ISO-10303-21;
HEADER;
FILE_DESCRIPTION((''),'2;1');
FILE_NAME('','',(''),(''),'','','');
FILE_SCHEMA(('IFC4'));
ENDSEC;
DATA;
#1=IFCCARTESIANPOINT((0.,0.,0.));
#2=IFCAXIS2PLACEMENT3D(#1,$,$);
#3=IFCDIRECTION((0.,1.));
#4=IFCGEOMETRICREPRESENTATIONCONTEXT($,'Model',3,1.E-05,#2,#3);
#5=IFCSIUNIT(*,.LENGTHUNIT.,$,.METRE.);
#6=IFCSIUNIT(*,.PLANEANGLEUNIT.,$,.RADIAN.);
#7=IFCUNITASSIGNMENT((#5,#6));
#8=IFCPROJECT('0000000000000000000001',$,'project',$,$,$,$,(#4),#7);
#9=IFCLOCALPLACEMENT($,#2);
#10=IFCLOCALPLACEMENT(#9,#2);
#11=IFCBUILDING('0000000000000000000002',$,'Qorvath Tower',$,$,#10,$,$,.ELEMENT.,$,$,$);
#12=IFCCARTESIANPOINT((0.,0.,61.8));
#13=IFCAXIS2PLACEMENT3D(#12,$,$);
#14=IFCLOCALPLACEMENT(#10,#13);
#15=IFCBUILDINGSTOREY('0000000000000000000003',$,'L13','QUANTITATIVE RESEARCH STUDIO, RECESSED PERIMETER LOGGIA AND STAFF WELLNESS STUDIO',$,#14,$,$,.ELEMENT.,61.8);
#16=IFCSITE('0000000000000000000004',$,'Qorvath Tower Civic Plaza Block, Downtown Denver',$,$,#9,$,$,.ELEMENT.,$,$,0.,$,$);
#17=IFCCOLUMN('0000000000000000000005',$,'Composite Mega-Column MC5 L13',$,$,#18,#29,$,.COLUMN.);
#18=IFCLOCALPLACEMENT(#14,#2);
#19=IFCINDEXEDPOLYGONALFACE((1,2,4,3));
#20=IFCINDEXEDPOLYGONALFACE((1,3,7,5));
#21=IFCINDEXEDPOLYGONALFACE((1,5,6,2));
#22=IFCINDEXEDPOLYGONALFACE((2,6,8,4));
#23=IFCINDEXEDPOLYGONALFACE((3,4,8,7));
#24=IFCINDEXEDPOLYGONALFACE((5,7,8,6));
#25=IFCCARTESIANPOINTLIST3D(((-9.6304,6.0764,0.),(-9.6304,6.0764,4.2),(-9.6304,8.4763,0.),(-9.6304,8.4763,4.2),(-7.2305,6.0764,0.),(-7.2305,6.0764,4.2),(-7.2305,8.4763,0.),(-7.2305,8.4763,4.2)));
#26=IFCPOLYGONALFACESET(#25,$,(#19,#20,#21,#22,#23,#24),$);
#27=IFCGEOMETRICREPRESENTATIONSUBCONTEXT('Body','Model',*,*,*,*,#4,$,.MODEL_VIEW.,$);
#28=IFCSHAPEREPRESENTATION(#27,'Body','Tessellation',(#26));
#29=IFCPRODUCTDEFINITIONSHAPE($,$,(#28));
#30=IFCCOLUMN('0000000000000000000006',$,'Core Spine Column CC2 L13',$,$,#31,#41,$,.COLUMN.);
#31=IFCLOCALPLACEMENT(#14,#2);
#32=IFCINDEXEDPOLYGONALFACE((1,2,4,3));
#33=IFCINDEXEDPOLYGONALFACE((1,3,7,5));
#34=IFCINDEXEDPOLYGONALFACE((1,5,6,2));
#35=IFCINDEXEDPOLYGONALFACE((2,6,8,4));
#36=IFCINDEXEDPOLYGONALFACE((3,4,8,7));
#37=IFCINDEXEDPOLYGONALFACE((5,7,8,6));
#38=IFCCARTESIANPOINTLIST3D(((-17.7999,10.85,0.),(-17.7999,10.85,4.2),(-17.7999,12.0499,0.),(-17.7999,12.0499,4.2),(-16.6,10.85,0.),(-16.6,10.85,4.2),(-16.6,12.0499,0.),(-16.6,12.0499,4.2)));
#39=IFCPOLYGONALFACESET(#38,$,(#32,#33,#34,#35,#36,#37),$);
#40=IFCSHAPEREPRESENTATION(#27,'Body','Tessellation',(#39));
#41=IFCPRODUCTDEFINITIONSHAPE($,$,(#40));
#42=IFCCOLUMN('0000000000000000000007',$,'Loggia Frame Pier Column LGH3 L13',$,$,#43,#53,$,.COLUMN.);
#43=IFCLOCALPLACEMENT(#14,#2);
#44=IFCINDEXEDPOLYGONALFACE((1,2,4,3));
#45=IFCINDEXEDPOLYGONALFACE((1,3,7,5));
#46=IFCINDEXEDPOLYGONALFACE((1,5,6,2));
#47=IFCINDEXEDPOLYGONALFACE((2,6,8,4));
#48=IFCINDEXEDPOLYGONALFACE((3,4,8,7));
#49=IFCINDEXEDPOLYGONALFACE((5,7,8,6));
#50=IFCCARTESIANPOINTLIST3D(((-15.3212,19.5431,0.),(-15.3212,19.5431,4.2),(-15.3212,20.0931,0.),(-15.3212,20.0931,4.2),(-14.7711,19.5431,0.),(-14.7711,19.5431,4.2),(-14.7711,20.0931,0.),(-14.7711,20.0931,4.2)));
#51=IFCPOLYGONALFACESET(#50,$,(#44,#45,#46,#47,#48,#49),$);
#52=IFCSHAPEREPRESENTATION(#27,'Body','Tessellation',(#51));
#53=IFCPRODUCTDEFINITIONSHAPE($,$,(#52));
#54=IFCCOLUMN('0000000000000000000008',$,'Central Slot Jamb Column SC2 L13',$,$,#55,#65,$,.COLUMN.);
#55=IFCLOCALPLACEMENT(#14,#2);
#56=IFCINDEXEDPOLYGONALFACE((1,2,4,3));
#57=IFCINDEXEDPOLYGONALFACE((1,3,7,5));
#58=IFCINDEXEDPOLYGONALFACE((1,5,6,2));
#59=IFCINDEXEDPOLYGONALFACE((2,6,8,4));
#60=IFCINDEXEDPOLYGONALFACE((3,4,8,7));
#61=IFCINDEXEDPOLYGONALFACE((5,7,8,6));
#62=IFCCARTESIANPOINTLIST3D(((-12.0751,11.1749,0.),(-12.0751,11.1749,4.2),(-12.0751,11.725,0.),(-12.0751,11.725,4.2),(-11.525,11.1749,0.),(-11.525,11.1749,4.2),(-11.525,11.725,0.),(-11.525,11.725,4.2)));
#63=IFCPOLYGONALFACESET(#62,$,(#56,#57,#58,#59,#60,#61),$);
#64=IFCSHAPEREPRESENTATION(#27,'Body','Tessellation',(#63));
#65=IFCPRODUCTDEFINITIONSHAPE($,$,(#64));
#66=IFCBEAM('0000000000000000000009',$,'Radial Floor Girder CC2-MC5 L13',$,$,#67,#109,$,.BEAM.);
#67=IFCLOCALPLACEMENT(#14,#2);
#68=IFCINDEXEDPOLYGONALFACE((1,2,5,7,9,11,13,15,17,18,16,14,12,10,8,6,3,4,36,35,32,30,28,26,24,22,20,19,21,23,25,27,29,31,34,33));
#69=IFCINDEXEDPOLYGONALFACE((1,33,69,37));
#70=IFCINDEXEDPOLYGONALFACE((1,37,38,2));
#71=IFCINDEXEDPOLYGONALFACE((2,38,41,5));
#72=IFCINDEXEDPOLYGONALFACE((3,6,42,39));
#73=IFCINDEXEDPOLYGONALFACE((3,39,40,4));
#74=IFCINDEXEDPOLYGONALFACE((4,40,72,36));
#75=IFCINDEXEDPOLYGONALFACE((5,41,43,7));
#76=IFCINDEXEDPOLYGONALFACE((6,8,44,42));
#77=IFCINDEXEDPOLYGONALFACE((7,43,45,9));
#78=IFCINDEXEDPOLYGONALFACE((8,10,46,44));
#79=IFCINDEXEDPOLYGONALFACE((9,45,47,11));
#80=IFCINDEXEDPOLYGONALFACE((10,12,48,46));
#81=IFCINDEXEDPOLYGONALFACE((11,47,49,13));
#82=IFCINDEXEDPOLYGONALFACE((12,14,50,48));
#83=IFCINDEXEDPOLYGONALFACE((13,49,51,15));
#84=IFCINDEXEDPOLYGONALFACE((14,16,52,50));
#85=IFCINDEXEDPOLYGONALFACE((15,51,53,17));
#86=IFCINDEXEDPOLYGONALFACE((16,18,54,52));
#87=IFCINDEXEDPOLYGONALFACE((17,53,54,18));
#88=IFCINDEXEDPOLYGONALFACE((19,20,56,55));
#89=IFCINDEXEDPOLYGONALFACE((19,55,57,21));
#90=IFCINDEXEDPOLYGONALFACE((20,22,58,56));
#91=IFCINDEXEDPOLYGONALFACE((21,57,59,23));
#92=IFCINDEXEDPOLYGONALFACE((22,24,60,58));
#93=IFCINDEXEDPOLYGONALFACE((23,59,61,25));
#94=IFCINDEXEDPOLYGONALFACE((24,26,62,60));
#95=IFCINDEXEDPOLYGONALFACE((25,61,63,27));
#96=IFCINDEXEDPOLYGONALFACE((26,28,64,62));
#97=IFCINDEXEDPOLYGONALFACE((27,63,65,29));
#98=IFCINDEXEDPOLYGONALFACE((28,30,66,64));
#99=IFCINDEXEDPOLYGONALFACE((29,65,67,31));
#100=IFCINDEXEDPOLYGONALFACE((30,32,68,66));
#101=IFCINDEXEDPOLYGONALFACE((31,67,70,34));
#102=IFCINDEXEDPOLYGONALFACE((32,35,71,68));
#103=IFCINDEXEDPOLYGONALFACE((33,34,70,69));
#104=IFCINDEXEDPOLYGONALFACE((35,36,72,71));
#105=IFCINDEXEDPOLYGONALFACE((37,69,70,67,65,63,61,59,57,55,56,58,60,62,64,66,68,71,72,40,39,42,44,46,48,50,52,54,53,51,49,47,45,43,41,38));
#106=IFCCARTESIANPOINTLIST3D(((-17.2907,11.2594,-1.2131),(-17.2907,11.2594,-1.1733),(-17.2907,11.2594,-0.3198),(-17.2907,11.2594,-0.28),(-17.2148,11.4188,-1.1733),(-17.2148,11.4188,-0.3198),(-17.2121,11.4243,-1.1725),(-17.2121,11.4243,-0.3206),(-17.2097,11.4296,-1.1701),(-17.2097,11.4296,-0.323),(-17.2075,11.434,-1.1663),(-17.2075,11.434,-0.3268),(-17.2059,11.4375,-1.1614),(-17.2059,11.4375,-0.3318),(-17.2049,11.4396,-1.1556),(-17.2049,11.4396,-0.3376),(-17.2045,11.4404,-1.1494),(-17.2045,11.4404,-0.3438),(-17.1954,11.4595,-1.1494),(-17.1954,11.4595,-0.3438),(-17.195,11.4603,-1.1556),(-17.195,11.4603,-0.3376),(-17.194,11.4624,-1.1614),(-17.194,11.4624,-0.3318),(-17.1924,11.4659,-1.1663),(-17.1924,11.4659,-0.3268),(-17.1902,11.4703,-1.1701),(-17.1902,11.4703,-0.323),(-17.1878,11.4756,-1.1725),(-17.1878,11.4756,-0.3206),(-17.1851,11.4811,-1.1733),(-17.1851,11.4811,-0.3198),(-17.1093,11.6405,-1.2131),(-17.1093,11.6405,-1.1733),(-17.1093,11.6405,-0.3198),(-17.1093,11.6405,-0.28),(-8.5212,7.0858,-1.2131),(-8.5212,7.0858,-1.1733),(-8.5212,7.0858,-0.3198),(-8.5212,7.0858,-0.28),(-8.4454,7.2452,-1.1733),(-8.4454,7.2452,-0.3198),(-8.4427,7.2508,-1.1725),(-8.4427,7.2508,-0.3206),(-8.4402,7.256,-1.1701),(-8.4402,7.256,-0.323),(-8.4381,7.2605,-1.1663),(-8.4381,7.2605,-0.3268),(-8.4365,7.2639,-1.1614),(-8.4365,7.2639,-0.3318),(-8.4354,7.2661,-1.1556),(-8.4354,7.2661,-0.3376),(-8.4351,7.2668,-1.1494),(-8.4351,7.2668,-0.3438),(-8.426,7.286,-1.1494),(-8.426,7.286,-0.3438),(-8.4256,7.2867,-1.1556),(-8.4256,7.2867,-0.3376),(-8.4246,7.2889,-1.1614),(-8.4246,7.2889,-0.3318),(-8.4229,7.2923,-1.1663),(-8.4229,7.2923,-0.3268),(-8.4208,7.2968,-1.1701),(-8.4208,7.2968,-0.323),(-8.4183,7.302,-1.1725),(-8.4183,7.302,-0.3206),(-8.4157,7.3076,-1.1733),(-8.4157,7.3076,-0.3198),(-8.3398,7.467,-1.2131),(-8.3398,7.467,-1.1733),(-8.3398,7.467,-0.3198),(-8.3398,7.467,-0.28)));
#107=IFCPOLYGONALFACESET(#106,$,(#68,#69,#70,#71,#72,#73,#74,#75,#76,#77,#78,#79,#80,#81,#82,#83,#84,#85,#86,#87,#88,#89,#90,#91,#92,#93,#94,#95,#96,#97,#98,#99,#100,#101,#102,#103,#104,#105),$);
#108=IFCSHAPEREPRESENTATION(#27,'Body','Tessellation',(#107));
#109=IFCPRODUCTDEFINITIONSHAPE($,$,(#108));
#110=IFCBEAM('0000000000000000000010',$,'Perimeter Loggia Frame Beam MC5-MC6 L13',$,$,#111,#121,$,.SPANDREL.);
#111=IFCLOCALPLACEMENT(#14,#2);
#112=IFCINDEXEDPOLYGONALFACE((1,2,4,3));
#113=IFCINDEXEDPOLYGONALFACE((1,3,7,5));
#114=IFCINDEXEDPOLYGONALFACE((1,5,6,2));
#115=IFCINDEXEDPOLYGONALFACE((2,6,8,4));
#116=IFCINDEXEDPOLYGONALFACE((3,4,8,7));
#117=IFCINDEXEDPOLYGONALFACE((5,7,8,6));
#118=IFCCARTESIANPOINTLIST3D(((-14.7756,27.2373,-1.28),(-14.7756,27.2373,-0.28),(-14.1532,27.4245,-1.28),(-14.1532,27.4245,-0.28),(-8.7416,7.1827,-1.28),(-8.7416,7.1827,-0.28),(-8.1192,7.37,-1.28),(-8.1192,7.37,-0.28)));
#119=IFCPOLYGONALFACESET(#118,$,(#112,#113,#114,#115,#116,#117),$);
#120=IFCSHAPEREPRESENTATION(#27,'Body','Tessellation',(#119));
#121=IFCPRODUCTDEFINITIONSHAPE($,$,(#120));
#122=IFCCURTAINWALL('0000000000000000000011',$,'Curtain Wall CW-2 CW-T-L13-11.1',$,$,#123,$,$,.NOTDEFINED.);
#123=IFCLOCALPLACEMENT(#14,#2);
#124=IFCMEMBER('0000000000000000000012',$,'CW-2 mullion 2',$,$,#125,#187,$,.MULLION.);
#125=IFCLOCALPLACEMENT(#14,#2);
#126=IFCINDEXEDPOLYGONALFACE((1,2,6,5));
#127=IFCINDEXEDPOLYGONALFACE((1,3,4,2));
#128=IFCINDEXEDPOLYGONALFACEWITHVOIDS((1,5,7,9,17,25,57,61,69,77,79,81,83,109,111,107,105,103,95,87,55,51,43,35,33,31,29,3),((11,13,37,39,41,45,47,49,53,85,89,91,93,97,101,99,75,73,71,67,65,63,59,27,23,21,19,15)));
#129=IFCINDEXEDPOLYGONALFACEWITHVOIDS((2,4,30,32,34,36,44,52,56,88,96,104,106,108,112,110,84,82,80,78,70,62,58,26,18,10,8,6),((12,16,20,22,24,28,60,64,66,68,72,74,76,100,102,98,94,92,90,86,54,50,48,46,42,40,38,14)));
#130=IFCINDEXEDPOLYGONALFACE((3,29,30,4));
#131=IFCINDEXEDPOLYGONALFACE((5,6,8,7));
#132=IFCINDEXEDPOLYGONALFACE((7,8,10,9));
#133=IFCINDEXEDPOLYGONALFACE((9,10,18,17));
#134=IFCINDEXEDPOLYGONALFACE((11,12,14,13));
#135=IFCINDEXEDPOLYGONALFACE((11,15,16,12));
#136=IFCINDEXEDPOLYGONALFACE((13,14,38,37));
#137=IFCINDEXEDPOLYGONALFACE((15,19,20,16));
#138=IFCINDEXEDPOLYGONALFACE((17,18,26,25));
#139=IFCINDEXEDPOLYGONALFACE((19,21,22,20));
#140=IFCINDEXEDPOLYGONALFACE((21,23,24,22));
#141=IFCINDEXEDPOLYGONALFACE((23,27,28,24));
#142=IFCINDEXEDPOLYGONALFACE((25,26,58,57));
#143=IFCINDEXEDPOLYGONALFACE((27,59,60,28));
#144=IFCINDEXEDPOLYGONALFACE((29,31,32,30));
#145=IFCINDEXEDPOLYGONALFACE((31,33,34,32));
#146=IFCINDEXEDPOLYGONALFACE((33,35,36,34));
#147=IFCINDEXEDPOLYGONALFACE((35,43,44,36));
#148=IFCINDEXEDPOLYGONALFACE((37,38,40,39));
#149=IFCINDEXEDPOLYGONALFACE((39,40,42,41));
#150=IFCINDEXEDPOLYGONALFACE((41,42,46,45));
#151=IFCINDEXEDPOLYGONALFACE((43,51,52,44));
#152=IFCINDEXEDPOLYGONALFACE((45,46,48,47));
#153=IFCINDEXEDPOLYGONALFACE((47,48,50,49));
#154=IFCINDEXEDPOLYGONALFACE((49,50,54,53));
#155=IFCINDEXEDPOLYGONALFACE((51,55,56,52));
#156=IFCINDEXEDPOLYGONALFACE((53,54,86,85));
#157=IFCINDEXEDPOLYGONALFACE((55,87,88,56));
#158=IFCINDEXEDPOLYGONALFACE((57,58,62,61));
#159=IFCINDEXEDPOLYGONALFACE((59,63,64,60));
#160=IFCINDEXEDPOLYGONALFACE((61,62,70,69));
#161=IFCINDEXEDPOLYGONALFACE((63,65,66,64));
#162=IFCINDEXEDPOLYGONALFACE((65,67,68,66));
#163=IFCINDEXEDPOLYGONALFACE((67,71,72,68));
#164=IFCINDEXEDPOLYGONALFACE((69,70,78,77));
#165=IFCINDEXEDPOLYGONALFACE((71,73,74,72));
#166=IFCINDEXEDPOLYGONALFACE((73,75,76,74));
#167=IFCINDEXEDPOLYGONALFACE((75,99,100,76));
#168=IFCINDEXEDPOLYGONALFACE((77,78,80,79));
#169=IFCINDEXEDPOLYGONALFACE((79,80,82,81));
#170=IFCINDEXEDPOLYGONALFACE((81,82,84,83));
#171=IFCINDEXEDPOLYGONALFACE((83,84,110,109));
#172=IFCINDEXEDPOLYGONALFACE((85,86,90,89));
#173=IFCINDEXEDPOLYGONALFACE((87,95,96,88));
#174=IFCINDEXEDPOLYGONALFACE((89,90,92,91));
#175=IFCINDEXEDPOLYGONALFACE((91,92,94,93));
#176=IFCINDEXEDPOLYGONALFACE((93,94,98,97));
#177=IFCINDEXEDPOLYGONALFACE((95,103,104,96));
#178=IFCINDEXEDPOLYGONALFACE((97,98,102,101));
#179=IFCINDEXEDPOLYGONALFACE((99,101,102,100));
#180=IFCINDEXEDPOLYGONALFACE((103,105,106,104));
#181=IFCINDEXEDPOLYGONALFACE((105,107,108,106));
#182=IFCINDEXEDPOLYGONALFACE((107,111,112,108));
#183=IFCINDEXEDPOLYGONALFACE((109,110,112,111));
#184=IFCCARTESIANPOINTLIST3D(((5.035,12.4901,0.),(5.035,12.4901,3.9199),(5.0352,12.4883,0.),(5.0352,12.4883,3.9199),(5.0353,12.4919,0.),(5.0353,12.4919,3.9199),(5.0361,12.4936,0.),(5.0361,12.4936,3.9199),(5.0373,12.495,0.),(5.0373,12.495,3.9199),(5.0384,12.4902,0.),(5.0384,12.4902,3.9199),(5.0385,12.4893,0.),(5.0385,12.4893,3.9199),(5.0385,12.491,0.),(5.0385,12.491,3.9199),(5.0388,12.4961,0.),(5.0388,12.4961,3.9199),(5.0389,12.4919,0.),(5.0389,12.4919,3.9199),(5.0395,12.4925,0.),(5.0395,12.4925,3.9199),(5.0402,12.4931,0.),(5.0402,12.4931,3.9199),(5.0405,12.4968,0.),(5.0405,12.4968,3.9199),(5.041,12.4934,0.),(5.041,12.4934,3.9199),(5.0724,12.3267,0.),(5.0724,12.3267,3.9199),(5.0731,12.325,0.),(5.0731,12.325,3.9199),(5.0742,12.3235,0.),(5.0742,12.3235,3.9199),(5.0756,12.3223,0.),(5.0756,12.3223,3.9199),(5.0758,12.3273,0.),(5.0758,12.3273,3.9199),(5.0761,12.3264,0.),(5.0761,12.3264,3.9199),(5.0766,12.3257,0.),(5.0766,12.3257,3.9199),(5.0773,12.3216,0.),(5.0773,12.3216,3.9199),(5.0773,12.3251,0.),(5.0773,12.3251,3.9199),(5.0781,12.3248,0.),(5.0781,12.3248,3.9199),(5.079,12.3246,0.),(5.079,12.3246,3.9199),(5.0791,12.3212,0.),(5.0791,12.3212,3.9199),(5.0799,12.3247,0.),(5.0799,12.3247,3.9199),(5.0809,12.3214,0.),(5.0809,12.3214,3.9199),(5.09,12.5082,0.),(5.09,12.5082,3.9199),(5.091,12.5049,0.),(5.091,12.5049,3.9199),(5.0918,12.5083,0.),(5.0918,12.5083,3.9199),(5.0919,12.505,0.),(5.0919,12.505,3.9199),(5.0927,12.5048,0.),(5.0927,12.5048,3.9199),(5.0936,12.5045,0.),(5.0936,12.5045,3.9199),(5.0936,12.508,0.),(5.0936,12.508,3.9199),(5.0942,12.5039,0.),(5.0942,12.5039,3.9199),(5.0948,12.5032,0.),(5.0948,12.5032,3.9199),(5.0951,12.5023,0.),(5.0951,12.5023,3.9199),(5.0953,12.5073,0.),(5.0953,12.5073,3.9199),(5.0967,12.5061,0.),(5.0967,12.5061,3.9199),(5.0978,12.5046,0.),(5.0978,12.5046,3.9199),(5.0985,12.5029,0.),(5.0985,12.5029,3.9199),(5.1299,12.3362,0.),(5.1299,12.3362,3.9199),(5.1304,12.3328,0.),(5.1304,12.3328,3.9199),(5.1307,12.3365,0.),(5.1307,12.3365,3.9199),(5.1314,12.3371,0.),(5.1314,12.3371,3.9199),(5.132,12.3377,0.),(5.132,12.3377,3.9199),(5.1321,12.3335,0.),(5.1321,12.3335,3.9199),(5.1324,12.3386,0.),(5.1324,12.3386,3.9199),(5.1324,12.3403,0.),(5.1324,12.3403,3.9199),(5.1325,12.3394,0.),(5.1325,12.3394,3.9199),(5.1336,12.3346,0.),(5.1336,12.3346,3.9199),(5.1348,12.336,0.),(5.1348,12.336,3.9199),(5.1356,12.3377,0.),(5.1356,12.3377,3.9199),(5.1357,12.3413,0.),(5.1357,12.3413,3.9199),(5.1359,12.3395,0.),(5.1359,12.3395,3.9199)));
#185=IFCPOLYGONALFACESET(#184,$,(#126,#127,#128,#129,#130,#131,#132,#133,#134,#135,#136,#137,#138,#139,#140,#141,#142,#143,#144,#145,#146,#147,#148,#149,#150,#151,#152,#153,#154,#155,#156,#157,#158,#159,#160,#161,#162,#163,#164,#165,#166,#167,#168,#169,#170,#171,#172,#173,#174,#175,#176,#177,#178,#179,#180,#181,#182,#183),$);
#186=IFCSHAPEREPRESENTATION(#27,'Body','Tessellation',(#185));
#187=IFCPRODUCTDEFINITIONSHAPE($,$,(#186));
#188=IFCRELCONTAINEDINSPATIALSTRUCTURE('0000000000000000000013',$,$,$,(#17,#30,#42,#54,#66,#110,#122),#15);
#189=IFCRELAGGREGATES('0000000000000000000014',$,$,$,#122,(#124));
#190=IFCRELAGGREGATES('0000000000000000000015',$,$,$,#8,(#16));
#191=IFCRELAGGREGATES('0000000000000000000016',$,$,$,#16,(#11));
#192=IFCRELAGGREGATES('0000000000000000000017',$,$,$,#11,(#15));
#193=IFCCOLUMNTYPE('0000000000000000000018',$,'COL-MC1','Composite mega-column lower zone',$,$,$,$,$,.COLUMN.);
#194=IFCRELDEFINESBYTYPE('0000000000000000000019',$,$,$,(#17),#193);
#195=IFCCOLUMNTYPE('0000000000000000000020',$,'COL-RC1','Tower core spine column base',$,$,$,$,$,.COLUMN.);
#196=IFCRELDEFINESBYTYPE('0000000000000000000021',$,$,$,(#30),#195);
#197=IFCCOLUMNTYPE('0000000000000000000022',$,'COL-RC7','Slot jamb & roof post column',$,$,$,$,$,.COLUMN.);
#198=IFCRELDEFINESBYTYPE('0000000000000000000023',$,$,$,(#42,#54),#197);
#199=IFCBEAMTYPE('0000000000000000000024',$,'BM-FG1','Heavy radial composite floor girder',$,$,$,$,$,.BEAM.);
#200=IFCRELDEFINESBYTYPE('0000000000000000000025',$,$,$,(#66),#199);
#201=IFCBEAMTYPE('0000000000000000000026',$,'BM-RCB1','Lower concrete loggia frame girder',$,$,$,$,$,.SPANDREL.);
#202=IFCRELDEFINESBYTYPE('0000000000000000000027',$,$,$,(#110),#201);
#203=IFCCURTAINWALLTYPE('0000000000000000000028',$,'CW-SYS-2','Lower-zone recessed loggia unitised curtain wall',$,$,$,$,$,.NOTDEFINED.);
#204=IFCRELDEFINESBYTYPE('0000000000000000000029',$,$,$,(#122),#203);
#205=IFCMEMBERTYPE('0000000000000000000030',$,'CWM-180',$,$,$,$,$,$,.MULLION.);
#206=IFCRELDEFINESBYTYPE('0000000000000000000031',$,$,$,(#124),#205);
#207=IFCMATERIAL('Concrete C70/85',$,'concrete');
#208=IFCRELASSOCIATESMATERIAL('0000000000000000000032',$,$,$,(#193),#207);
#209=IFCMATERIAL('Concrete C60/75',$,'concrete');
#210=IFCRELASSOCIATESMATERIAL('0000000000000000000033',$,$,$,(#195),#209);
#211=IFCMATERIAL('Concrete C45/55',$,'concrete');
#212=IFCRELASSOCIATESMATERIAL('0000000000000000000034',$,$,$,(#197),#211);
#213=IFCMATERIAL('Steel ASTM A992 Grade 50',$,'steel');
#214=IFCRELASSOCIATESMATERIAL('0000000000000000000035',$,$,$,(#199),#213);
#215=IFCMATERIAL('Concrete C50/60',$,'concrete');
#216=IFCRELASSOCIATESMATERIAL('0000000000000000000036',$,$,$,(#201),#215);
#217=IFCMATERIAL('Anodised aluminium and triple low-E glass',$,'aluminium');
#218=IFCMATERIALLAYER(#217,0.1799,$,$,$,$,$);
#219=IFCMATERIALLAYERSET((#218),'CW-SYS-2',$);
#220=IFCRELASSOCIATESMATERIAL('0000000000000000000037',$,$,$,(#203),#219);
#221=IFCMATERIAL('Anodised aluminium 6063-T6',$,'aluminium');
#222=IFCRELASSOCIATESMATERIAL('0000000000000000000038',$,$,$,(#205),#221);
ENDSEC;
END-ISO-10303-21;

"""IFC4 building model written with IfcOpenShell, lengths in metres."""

from ifc_helpers import new_model, si_unit, direction, frame, origin, origin_2d, place, context, subcontext, project, spatial, rectangle, hollow_rectangle, i_section, extrude, material, layer, layer_set, material_profile, profile_set, type_object, element, aggregate, save


model = new_model("IFC4")

# Units and contexts
model_context = context("Model", 3, precision=1e-05, world=origin(), true_north=direction((0.0, 1.0)))
body_context = subcontext(model_context, "Body", "Model", "MODEL_VIEW")
ifc_project = project(units=[si_unit("LENGTHUNIT", "METRE"), si_unit("PLANEANGLEUNIT", "RADIAN")], contexts=[model_context])

# Site, building, storey
site_placement = place(None, origin())
site = spatial("IfcSite", under=ifc_project, at=site_placement, Name="Qorvath Tower Civic Plaza Block, Downtown Denver", CompositionType="ELEMENT", RefElevation=0.0)
building_placement = place(site_placement, origin())
building = spatial("IfcBuilding", under=site, at=building_placement, Name="Qorvath Tower", CompositionType="ELEMENT")
storey_placement = place(building_placement, frame((0.0, 0.0, 61.8)))
storey = spatial("IfcBuildingStorey", under=building, at=storey_placement, Name="L13", Description="QUANTITATIVE RESEARCH STUDIO, RECESSED PERIMETER LOGGIA AND STAFF WELLNESS STUDIO", CompositionType="ELEMENT", Elevation=61.8)

# Columns
ifc_material_1 = material(Name="Concrete C70/85", Category="concrete")
ifc_material_profile_1 = material_profile(ifc_material_1, rectangle(XDim=2.3999, YDim=2.3999, at=origin_2d()), Name="MC 2400x2400")
ifc_profile_set_1 = profile_set([ifc_material_profile_1], Name="Concrete C70/85")
column_type_1 = type_object("IfcColumnType", Name="COL-MC1", Description="Composite mega-column lower zone", PredefinedType="COLUMN", material=ifc_profile_set_1)
column_1_placement = place(storey_placement, frame((-8.4304, 7.2764, 0.0), z_axis=(0.0, 0.0, 1.0), x_axis=(1.0, 0.0, 0.0)))
element("IfcColumn", 1, at=column_1_placement, inside=storey, type_object=column_type_1, Name="Composite Mega-Column MC5 L13", PredefinedType="COLUMN", context=body_context, shape_type="SweptSolid", body=[
    extrude(rectangle(XDim=2.3999, YDim=2.3999, at=origin_2d()), origin(), (0.0, 0.0, 1.0), 4.2),
])
ifc_material_2 = material(Name="Concrete C60/75", Category="concrete")
ifc_material_profile_2 = material_profile(ifc_material_2, rectangle(XDim=1.2, YDim=1.2, at=origin_2d()), Name="RC 1200x1200")
ifc_profile_set_2 = profile_set([ifc_material_profile_2], Name="Concrete C60/75")
column_type_2 = type_object("IfcColumnType", Name="COL-RC1", Description="Tower core spine column base", PredefinedType="COLUMN", material=ifc_profile_set_2)
column_2_placement = place(storey_placement, frame((-17.2, 11.45, 0.0), z_axis=(0.0, 0.0, 1.0), x_axis=(1.0, 0.0, 0.0)))
element("IfcColumn", 2, at=column_2_placement, inside=storey, type_object=column_type_2, Name="Core Spine Column CC2 L13", PredefinedType="COLUMN", context=body_context, shape_type="SweptSolid", body=[
    extrude(rectangle(XDim=1.2, YDim=1.2, at=origin_2d()), origin(), (0.0, 0.0, 1.0), 4.2),
])
ifc_material_3 = material(Name="Concrete C45/55", Category="concrete")
ifc_material_profile_3 = material_profile(ifc_material_3, rectangle(XDim=0.55, YDim=0.55, at=origin_2d()), Name="RC 550x550")
ifc_profile_set_3 = profile_set([ifc_material_profile_3], Name="Concrete C45/55")
column_type_3 = type_object("IfcColumnType", Name="COL-RC7", Description="Slot jamb & roof post column", PredefinedType="COLUMN", material=ifc_profile_set_3)
for number, where, z_axis, x_axis, name in (
    (3, (-15.0461, 19.8181, 0.0), (0.0, 0.0, 1.0), (1.0, 0.0, 0.0), "Loggia Frame Pier Column LGH3 L13"),
    (4, (-11.8, 11.45, 0.0), (0.0, 0.0, 1.0), (1.0, 0.0, 0.0), "Central Slot Jamb Column SC2 L13"),
):
    element("IfcColumn", number, at=place(storey_placement, frame(where, z_axis=z_axis, x_axis=x_axis)), inside=storey, type_object=column_type_3, Name=name, PredefinedType="COLUMN", context=body_context, shape_type="SweptSolid", body=[
        extrude(rectangle(XDim=0.55, YDim=0.55, at=origin_2d()), origin(), (0.0, 0.0, 1.0), 4.2),
    ])

# Beams
ifc_material_4 = material(Name="Steel ASTM A992 Grade 50", Category="steel")
ifc_material_profile_4 = material_profile(ifc_material_4, i_section(OverallWidth=0.4221, OverallDepth=0.9331, WebThickness=0.0212, FlangeThickness=0.0398, FilletRadius=0.0239, at=origin_2d()), Name="W36x262")
ifc_profile_set_4 = profile_set([ifc_material_profile_4], Name="Steel ASTM A992 Grade 50")
beam_type_1 = type_object("IfcBeamType", Name="BM-FG1", Description="Heavy radial composite floor girder", PredefinedType="BEAM", material=ifc_profile_set_4)
beam_1_placement = place(storey_placement, frame((-17.2, 11.45, -0.7466), z_axis=(0.902956, -0.429734, 0.0), x_axis=(0.429734, 0.902956, 0.0)))
element("IfcBeam", 5, at=beam_1_placement, inside=storey, type_object=beam_type_1, Name="Radial Floor Girder CC2-MC5 L13", PredefinedType="BEAM", context=body_context, shape_type="SweptSolid", body=[
    extrude(i_section(OverallWidth=0.4221, OverallDepth=0.9331, WebThickness=0.0212, FlangeThickness=0.0398, FilletRadius=0.0239, at=origin_2d()), origin(), (0.0, 0.0, 1.0), 9.7119),
])
ifc_material_5 = material(Name="Concrete C50/60", Category="concrete")
ifc_material_profile_5 = material_profile(ifc_material_5, rectangle(XDim=0.6499, YDim=1.0, at=origin_2d()), Name="RCB 1000x650")
ifc_profile_set_5 = profile_set([ifc_material_profile_5], Name="Concrete C50/60")
beam_type_2 = type_object("IfcBeamType", Name="BM-RCB1", Description="Lower concrete loggia frame girder", PredefinedType="SPANDREL", material=ifc_profile_set_5)
beam_2_placement = place(storey_placement, frame((-8.4304, 7.2764, -0.78), z_axis=(-0.288119, 0.957595, 0.0), x_axis=(-0.957595, -0.288119, 0.0)))
element("IfcBeam", 6, at=beam_2_placement, inside=storey, type_object=beam_type_2, Name="Perimeter Loggia Frame Beam MC5-MC6 L13", PredefinedType="SPANDREL", context=body_context, shape_type="SweptSolid", body=[
    extrude(rectangle(XDim=0.6499, YDim=1.0, at=origin_2d()), origin(), (0.0, 0.0, 1.0), 20.9426),
])

# Curtain wall, member
ifc_material_6 = material(Name="Anodised aluminium and triple low-E glass", Category="aluminium")
ifc_layer_1 = layer(ifc_material_6, 0.1799)
ifc_layer_set_1 = layer_set([ifc_layer_1], Name="CW-SYS-2")
curtain_wall_type = type_object("IfcCurtainWallType", Name="CW-SYS-2", Description="Lower-zone recessed loggia unitised curtain wall", PredefinedType="NOTDEFINED", material=ifc_layer_set_1)
curtain_wall_1_placement = place(storey_placement, origin())
curtain_wall_1 = element("IfcCurtainWall", 7, at=curtain_wall_1_placement, inside=storey, type_object=curtain_wall_type, Name="Curtain Wall CW-2 CW-T-L13-11.1", PredefinedType="NOTDEFINED")
ifc_material_7 = material(Name="Anodised aluminium 6063-T6", Category="aluminium")
ifc_material_profile_6 = material_profile(ifc_material_7, hollow_rectangle(XDim=0.0649, YDim=0.1799, WallThickness=0.0034, InnerFilletRadius=0.0034, OuterFilletRadius=0.0071, at=origin_2d()), Name="CWM 180x65")
ifc_profile_set_6 = profile_set([ifc_material_profile_6], Name="Anodised aluminium 6063-T6")
member_type_1 = type_object("IfcMemberType", Name="CWM-180", PredefinedType="MULLION", material=ifc_profile_set_6)
member_1_placement = place(storey_placement, frame((5.0854, 12.4148, 0.0), z_axis=(0.0, 0.0, 1.0), x_axis=(-0.974427, -0.224705, 0.0)))
member_1 = element("IfcMember", 8, at=member_1_placement, type_object=member_type_1, Name="CW-2 mullion 2", PredefinedType="MULLION", context=body_context, shape_type="SweptSolid", body=[
    extrude(hollow_rectangle(XDim=0.0649, YDim=0.1799, WallThickness=0.0034, InnerFilletRadius=0.0034, OuterFilletRadius=0.0071, at=origin_2d()), origin(), (0.0, 0.0, 1.0), 3.9199),
])

aggregate(curtain_wall_1, [member_1])

save(model, "model.ifc")
